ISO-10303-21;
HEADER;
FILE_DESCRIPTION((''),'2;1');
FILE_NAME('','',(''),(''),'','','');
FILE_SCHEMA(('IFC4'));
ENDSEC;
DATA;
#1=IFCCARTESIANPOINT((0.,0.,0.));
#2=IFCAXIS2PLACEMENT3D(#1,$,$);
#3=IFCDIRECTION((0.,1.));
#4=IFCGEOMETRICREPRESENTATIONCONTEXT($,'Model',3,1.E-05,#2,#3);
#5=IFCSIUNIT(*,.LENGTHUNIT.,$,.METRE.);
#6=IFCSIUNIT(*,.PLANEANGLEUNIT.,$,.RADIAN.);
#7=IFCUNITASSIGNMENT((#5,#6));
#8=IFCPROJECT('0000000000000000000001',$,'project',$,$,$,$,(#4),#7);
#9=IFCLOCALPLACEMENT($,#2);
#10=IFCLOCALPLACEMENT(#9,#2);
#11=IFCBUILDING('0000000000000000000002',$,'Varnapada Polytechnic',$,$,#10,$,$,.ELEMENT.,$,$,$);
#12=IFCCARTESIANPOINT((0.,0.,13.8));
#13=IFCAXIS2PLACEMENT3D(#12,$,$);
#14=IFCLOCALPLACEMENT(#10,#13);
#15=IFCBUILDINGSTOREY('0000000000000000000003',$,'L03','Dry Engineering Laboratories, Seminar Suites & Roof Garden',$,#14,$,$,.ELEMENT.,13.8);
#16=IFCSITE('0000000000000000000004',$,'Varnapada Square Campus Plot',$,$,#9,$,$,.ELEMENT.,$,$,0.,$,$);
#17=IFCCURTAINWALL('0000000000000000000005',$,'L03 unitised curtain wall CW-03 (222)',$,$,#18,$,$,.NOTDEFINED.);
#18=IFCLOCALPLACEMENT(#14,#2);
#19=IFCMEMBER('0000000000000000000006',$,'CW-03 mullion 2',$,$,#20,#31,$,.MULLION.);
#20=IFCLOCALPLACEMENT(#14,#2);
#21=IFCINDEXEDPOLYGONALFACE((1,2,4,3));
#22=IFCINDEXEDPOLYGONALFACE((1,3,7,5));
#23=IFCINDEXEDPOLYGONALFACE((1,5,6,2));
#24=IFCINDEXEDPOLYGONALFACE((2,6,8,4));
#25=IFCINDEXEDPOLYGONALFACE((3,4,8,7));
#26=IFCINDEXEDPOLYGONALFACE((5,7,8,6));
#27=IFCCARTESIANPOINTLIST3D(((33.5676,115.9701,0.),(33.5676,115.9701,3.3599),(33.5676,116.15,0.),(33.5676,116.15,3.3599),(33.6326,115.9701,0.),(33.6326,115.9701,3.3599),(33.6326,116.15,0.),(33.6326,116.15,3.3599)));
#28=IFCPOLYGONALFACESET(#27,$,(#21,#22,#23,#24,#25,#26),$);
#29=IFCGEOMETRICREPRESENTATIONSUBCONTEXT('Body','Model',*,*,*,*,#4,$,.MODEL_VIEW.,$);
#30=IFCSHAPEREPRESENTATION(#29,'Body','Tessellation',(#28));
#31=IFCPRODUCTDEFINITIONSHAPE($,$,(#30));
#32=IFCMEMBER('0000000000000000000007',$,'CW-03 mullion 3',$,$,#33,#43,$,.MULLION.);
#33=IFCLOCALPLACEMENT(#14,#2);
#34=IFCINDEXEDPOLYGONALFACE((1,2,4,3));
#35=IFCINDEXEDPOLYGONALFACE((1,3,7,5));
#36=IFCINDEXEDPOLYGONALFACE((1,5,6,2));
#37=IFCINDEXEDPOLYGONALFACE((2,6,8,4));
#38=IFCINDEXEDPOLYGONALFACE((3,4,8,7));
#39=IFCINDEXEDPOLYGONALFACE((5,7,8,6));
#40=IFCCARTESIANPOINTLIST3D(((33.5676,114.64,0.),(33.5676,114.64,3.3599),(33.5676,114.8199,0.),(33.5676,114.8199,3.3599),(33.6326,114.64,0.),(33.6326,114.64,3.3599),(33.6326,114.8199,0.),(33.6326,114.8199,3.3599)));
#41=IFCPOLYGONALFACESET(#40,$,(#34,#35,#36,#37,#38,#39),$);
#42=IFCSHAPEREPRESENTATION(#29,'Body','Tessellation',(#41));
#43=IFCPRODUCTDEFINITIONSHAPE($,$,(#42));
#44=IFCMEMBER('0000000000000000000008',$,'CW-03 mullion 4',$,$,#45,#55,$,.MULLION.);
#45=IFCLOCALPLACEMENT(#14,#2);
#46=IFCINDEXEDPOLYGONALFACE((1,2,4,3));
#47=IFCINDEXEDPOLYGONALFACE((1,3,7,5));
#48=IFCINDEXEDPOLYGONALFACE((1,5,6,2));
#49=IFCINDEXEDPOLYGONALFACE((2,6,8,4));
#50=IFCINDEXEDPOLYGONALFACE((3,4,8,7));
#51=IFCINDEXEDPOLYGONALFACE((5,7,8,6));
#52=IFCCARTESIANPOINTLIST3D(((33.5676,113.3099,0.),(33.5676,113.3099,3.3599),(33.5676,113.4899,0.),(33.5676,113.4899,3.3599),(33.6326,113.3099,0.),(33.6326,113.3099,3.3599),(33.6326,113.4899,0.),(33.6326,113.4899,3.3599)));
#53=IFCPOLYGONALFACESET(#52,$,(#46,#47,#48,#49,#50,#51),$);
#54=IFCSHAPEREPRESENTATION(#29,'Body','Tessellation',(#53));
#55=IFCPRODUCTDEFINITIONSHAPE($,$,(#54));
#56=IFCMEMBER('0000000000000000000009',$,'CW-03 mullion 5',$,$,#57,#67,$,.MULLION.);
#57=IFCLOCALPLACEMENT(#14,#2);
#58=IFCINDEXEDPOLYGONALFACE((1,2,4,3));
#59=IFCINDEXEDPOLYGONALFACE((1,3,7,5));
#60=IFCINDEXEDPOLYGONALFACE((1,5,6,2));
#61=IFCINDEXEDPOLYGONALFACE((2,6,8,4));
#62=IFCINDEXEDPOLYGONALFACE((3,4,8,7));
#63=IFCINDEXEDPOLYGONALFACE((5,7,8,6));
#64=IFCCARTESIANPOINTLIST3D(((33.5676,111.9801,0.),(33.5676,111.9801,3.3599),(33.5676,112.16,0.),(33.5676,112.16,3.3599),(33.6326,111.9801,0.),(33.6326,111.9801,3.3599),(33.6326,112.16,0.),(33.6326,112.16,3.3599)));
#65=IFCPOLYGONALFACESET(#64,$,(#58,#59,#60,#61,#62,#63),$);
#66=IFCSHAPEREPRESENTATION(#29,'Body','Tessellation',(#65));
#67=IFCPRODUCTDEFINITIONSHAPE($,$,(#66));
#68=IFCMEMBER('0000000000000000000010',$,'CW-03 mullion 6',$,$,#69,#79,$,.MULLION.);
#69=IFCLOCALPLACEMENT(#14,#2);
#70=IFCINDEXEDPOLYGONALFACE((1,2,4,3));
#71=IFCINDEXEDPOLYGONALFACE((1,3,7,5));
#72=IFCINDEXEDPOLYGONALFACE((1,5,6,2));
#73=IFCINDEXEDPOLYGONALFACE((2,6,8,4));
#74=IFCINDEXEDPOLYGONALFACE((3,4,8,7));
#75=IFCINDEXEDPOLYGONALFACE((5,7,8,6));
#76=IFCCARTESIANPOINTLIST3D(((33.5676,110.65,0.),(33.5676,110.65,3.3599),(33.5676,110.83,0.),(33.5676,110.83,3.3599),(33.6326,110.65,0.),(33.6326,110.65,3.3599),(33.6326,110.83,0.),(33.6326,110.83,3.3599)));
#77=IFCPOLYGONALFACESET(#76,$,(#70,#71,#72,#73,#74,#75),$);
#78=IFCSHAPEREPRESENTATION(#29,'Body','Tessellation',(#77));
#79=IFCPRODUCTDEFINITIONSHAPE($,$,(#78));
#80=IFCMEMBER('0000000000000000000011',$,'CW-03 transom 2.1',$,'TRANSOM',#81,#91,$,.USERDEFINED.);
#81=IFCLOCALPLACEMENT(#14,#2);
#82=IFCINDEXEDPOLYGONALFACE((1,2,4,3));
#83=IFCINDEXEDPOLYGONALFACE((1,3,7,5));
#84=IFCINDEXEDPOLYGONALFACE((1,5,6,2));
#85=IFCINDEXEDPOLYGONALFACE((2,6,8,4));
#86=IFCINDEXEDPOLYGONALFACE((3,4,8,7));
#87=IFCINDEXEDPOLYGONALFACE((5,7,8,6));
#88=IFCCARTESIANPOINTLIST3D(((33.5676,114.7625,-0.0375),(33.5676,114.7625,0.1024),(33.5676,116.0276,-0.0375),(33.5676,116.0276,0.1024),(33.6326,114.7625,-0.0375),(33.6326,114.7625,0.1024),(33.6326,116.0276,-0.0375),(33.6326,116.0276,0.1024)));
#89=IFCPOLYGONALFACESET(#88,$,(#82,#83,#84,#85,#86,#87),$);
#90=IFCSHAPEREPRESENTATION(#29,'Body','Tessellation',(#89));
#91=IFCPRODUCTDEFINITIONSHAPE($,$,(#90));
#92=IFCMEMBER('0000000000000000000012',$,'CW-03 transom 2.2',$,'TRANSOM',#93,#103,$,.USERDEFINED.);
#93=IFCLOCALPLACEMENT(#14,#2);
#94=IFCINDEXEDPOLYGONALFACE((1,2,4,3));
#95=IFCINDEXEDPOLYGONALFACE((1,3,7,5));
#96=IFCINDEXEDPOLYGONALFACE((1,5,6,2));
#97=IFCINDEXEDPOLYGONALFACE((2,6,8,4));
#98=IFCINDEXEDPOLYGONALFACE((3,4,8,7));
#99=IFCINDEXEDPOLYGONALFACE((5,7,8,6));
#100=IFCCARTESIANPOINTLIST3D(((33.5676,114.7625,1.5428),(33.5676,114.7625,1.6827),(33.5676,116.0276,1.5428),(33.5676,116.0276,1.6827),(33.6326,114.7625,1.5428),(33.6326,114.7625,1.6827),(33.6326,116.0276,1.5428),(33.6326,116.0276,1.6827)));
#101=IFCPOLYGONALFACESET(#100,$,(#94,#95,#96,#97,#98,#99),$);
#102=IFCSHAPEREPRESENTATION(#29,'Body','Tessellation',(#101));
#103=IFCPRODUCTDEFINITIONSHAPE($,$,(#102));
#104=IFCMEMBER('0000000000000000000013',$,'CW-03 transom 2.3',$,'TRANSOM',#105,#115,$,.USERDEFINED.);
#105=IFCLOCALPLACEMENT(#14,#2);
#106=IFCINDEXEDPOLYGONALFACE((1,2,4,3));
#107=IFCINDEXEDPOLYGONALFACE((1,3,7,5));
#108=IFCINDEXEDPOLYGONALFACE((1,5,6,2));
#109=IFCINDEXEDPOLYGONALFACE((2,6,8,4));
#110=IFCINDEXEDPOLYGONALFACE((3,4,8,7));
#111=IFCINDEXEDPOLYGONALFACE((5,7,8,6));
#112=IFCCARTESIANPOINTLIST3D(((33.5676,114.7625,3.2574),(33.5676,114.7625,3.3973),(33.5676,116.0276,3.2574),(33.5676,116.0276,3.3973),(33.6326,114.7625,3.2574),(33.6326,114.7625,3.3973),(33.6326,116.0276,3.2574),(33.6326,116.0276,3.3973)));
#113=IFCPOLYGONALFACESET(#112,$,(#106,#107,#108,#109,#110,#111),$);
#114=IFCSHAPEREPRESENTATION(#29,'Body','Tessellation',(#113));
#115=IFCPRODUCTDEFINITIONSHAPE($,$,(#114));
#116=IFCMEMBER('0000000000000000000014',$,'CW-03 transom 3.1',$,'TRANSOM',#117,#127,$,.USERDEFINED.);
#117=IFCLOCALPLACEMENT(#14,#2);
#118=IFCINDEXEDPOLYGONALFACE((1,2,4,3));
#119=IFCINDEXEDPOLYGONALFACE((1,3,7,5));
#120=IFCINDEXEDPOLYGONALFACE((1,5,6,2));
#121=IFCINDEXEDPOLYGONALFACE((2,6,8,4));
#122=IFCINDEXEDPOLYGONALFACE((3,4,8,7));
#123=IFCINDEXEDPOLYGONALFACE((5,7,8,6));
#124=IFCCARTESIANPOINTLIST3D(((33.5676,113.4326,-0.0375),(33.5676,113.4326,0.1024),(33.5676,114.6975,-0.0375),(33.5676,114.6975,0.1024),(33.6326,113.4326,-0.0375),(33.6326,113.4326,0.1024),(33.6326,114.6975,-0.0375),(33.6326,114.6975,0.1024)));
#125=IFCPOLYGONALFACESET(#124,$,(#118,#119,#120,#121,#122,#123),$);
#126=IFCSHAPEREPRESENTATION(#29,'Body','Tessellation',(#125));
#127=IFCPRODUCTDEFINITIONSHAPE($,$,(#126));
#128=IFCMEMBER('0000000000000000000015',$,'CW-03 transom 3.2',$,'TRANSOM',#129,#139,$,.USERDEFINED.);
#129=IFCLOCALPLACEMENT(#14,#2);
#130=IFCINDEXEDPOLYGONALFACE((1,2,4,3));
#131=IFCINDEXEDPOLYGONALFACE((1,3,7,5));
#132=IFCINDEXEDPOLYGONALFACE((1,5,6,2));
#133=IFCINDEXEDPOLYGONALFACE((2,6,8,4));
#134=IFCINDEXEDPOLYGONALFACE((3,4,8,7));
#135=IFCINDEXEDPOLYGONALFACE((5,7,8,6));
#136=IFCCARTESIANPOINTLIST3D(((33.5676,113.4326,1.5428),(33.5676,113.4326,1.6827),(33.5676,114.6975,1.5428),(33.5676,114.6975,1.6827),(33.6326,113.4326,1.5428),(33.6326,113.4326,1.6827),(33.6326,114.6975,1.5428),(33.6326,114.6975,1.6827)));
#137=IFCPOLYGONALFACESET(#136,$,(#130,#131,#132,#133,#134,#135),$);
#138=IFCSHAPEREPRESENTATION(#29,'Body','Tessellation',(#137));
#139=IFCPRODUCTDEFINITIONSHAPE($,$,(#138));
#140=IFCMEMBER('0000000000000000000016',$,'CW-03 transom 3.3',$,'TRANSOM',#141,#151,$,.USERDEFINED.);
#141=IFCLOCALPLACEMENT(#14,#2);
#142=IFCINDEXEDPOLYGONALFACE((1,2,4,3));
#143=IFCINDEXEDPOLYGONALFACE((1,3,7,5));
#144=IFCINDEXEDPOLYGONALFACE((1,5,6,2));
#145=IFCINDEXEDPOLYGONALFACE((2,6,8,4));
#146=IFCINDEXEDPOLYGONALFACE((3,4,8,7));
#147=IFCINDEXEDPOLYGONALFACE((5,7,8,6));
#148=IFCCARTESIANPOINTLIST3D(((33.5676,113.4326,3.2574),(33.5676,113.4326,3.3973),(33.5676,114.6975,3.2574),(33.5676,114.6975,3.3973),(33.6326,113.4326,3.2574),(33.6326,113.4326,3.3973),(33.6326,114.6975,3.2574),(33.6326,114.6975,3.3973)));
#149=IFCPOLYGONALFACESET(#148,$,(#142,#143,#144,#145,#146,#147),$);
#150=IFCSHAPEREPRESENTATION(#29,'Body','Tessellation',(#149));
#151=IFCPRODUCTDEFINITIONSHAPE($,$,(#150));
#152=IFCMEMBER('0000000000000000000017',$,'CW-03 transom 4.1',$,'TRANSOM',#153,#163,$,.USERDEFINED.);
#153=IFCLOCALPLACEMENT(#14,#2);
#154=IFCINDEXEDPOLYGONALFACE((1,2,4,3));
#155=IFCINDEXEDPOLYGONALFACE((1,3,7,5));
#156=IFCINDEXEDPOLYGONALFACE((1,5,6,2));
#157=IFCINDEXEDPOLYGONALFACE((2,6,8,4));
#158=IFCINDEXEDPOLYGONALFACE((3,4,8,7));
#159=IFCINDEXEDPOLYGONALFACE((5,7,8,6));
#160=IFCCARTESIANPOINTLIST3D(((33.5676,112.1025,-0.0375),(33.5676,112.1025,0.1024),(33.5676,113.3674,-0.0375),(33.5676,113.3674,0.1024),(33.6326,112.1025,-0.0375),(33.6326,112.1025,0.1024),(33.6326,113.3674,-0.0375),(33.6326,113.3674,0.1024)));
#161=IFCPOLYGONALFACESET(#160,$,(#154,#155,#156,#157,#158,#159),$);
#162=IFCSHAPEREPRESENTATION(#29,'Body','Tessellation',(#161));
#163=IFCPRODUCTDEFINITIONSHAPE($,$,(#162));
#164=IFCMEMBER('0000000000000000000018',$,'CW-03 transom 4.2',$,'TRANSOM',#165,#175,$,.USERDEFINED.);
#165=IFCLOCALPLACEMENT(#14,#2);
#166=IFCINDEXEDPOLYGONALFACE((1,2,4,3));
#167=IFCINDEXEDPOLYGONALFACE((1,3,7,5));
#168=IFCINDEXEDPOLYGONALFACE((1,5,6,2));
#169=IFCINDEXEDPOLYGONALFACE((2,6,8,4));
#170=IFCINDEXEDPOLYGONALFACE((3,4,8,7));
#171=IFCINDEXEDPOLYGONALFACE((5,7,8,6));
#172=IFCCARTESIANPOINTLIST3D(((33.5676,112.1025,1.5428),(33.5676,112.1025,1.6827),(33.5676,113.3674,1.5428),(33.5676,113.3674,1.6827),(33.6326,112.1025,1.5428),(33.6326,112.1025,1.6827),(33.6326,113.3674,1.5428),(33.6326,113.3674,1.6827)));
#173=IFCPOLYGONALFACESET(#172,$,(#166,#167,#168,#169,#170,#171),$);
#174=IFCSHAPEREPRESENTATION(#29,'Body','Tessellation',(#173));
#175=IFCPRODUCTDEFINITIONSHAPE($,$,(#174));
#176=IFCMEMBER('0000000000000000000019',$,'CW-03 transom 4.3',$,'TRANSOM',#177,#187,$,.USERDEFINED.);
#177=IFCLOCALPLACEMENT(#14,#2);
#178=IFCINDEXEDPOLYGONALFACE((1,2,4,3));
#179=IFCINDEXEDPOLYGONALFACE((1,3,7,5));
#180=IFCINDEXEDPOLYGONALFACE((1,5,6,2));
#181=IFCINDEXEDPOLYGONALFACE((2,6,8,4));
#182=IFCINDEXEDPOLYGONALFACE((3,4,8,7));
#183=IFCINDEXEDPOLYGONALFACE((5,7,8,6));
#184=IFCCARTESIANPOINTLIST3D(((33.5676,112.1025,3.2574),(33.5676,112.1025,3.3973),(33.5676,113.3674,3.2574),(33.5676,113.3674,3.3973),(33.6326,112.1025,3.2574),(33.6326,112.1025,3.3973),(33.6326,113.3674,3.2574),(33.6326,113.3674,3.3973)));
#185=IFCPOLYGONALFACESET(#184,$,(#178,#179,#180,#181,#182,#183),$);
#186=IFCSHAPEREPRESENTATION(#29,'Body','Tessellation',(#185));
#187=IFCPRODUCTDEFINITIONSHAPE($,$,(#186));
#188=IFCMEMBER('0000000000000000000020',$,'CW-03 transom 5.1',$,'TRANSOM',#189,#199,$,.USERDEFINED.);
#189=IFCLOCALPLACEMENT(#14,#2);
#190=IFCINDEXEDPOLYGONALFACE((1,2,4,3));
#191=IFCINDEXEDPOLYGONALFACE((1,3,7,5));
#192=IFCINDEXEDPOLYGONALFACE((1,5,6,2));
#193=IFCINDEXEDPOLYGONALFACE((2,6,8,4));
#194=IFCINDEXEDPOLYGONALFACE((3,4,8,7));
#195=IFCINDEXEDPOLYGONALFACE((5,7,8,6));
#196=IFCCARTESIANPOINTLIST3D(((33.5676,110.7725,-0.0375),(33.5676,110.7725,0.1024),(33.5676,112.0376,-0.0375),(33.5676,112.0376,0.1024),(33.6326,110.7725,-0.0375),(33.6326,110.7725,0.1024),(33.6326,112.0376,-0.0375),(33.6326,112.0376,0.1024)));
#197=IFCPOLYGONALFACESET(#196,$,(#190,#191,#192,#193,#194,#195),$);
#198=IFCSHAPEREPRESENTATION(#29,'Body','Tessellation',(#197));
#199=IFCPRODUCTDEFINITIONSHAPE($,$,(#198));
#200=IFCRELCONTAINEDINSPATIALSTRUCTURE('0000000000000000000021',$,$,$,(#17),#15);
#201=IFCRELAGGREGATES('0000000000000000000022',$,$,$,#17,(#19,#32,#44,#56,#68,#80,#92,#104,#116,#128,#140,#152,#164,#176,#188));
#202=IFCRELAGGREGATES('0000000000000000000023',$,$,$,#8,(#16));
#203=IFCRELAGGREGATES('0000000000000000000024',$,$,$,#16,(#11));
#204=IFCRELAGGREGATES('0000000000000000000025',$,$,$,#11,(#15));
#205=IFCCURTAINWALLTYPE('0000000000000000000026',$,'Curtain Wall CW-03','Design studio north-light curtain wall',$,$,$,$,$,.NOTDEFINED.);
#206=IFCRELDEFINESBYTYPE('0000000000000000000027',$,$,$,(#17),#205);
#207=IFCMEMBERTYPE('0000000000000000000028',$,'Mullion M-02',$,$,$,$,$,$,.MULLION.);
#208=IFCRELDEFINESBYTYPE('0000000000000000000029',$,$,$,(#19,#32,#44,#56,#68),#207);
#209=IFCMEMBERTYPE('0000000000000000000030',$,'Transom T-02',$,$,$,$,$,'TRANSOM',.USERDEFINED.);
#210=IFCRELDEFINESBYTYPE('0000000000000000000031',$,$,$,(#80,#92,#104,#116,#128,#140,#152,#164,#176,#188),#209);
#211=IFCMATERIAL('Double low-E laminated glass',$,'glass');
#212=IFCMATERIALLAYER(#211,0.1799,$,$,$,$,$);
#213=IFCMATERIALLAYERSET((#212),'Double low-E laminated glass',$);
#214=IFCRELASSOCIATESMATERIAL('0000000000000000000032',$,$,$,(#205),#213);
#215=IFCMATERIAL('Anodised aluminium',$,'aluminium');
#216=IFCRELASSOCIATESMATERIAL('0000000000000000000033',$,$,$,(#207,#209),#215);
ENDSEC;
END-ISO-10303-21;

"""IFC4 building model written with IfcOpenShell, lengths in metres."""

from ifc_helpers import new_model, si_unit, direction, frame, origin, origin_2d, place, context, subcontext, project, spatial, rectangle, extrude, material, layer, layer_set, material_profile, profile_set, type_object, element, aggregate, save


model = new_model("IFC4")

# Units and contexts
model_context = context("Model", 3, precision=1e-05, world=origin(), true_north=direction((0.0, 1.0)))
body_context = subcontext(model_context, "Body", "Model", "MODEL_VIEW")
ifc_project = project(units=[si_unit("LENGTHUNIT", "METRE"), si_unit("PLANEANGLEUNIT", "RADIAN")], contexts=[model_context])

# Site, building, storey
site_placement = place(None, origin())
site = spatial("IfcSite", under=ifc_project, at=site_placement, Name="Varnapada Square Campus Plot", CompositionType="ELEMENT", RefElevation=0.0)
building_placement = place(site_placement, origin())
building = spatial("IfcBuilding", under=site, at=building_placement, Name="Varnapada Polytechnic", CompositionType="ELEMENT")
storey_placement = place(building_placement, frame((0.0, 0.0, 13.8)))
storey = spatial("IfcBuildingStorey", under=building, at=storey_placement, Name="L03", Description="Dry Engineering Laboratories, Seminar Suites & Roof Garden", CompositionType="ELEMENT", Elevation=13.8)

# Curtain wall, members
ifc_material_1 = material(Name="Double low-E laminated glass", Category="glass")
ifc_layer_1 = layer(ifc_material_1, 0.1799)
ifc_layer_set_1 = layer_set([ifc_layer_1], Name="Double low-E laminated glass")
curtain_wall_type = type_object("IfcCurtainWallType", Name="Curtain Wall CW-03", Description="Design studio north-light curtain wall", PredefinedType="NOTDEFINED", material=ifc_layer_set_1)
curtain_wall_placement = place(storey_placement, origin())
curtain_wall = element("IfcCurtainWall", 1, at=curtain_wall_placement, inside=storey, type_object=curtain_wall_type, Name="L03 unitised curtain wall CW-03 (222)", PredefinedType="NOTDEFINED")
ifc_material_2 = material(Name="Anodised aluminium", Category="aluminium")
ifc_material_profile_1 = material_profile(ifc_material_2, rectangle(XDim=0.0649, YDim=0.1799, at=origin_2d()), Name="ALU M65x180")
ifc_profile_set_1 = profile_set([ifc_material_profile_1], Name="Anodised aluminium")
member_type_1 = type_object("IfcMemberType", Name="Mullion M-02", PredefinedType="MULLION", material=ifc_profile_set_1)
member_1_placement = place(storey_placement, frame((33.6001, 116.0601, 0.0), z_axis=(0.0, 0.0, 1.0), x_axis=(1.0, 0.0, 0.0)))
member_1 = element("IfcMember", 2, at=member_1_placement, type_object=member_type_1, Name="CW-03 mullion 2", PredefinedType="MULLION", context=body_context, shape_type="SweptSolid", body=[
    extrude(rectangle(XDim=0.0649, YDim=0.1799, at=origin_2d()), origin(), (0.0, 0.0, 1.0), 3.3599),
])
member_2_placement = place(storey_placement, frame((33.6001, 114.73, 0.0), z_axis=(0.0, 0.0, 1.0), x_axis=(1.0, 0.0, 0.0)))
member_2 = element("IfcMember", 3, at=member_2_placement, type_object=member_type_1, Name="CW-03 mullion 3", PredefinedType="MULLION", context=body_context, shape_type="SweptSolid", body=[
    extrude(rectangle(XDim=0.0649, YDim=0.1799, at=origin_2d()), origin(), (0.0, 0.0, 1.0), 3.3599),
])
member_3_placement = place(storey_placement, frame((33.6001, 113.3999, 0.0), z_axis=(0.0, 0.0, 1.0), x_axis=(1.0, 0.0, 0.0)))
member_3 = element("IfcMember", 4, at=member_3_placement, type_object=member_type_1, Name="CW-03 mullion 4", PredefinedType="MULLION", context=body_context, shape_type="SweptSolid", body=[
    extrude(rectangle(XDim=0.0649, YDim=0.1799, at=origin_2d()), origin(), (0.0, 0.0, 1.0), 3.3599),
])
member_4_placement = place(storey_placement, frame((33.6001, 112.0701, 0.0), z_axis=(0.0, 0.0, 1.0), x_axis=(1.0, 0.0, 0.0)))
member_4 = element("IfcMember", 5, at=member_4_placement, type_object=member_type_1, Name="CW-03 mullion 5", PredefinedType="MULLION", context=body_context, shape_type="SweptSolid", body=[
    extrude(rectangle(XDim=0.0649, YDim=0.1799, at=origin_2d()), origin(), (0.0, 0.0, 1.0), 3.3599),
])
member_5_placement = place(storey_placement, frame((33.6001, 110.74, 0.0), z_axis=(0.0, 0.0, 1.0), x_axis=(1.0, 0.0, 0.0)))
member_5 = element("IfcMember", 6, at=member_5_placement, type_object=member_type_1, Name="CW-03 mullion 6", PredefinedType="MULLION", context=body_context, shape_type="SweptSolid", body=[
    extrude(rectangle(XDim=0.0649, YDim=0.1799, at=origin_2d()), origin(), (0.0, 0.0, 1.0), 3.3599),
])
ifc_material_profile_2 = material_profile(ifc_material_2, rectangle(XDim=0.0649, YDim=0.1399, at=origin_2d()), Name="ALU T65x140")
ifc_profile_set_2 = profile_set([ifc_material_profile_2], Name="Anodised aluminium")
member_type_2 = type_object("IfcMemberType", Name="Transom T-02", ElementType="TRANSOM", PredefinedType="USERDEFINED", material=ifc_profile_set_2)
member_6_placement = place(storey_placement, frame((33.6001, 116.0276, 0.0325), z_axis=(0.0, -1.0, 0.0), x_axis=(1.0, 0.0, 0.0)))
member_6 = element("IfcMember", 7, at=member_6_placement, type_object=member_type_2, Name="CW-03 transom 2.1", ObjectType="TRANSOM", PredefinedType="USERDEFINED", context=body_context, shape_type="SweptSolid", body=[
    extrude(rectangle(XDim=0.0649, YDim=0.1399, at=origin_2d()), origin(), (0.0, 0.0, 1.0), 1.2651),
])
member_7_placement = place(storey_placement, frame((33.6001, 116.0276, 1.6128), z_axis=(0.0, -1.0, 0.0), x_axis=(1.0, 0.0, 0.0)))
member_7 = element("IfcMember", 8, at=member_7_placement, type_object=member_type_2, Name="CW-03 transom 2.2", ObjectType="TRANSOM", PredefinedType="USERDEFINED", context=body_context, shape_type="SweptSolid", body=[
    extrude(rectangle(XDim=0.0649, YDim=0.1399, at=origin_2d()), origin(), (0.0, 0.0, 1.0), 1.2651),
])
member_8_placement = place(storey_placement, frame((33.6001, 116.0276, 3.3274), z_axis=(0.0, -1.0, 0.0), x_axis=(1.0, 0.0, 0.0)))
member_8 = element("IfcMember", 9, at=member_8_placement, type_object=member_type_2, Name="CW-03 transom 2.3", ObjectType="TRANSOM", PredefinedType="USERDEFINED", context=body_context, shape_type="SweptSolid", body=[
    extrude(rectangle(XDim=0.0649, YDim=0.1399, at=origin_2d()), origin(), (0.0, 0.0, 1.0), 1.2651),
])
member_9_placement = place(storey_placement, frame((33.6001, 114.6975, 0.0325), z_axis=(0.0, -1.0, 0.0), x_axis=(1.0, 0.0, 0.0)))
member_9 = element("IfcMember", 10, at=member_9_placement, type_object=member_type_2, Name="CW-03 transom 3.1", ObjectType="TRANSOM", PredefinedType="USERDEFINED", context=body_context, shape_type="SweptSolid", body=[
    extrude(rectangle(XDim=0.0649, YDim=0.1399, at=origin_2d()), origin(), (0.0, 0.0, 1.0), 1.2649),
])
member_10_placement = place(storey_placement, frame((33.6001, 114.6975, 1.6128), z_axis=(0.0, -1.0, 0.0), x_axis=(1.0, 0.0, 0.0)))
member_10 = element("IfcMember", 11, at=member_10_placement, type_object=member_type_2, Name="CW-03 transom 3.2", ObjectType="TRANSOM", PredefinedType="USERDEFINED", context=body_context, shape_type="SweptSolid", body=[
    extrude(rectangle(XDim=0.0649, YDim=0.1399, at=origin_2d()), origin(), (0.0, 0.0, 1.0), 1.2649),
])
member_11_placement = place(storey_placement, frame((33.6001, 114.6975, 3.3274), z_axis=(0.0, -1.0, 0.0), x_axis=(1.0, 0.0, 0.0)))
member_11 = element("IfcMember", 12, at=member_11_placement, type_object=member_type_2, Name="CW-03 transom 3.3", ObjectType="TRANSOM", PredefinedType="USERDEFINED", context=body_context, shape_type="SweptSolid", body=[
    extrude(rectangle(XDim=0.0649, YDim=0.1399, at=origin_2d()), origin(), (0.0, 0.0, 1.0), 1.2649),
])
member_12_placement = place(storey_placement, frame((33.6001, 113.3674, 0.0325), z_axis=(0.0, -1.0, 0.0), x_axis=(1.0, 0.0, 0.0)))
member_12 = element("IfcMember", 13, at=member_12_placement, type_object=member_type_2, Name="CW-03 transom 4.1", ObjectType="TRANSOM", PredefinedType="USERDEFINED", context=body_context, shape_type="SweptSolid", body=[
    extrude(rectangle(XDim=0.0649, YDim=0.1399, at=origin_2d()), origin(), (0.0, 0.0, 1.0), 1.2649),
])
member_13_placement = place(storey_placement, frame((33.6001, 113.3674, 1.6128), z_axis=(0.0, -1.0, 0.0), x_axis=(1.0, 0.0, 0.0)))
member_13 = element("IfcMember", 14, at=member_13_placement, type_object=member_type_2, Name="CW-03 transom 4.2", ObjectType="TRANSOM", PredefinedType="USERDEFINED", context=body_context, shape_type="SweptSolid", body=[
    extrude(rectangle(XDim=0.0649, YDim=0.1399, at=origin_2d()), origin(), (0.0, 0.0, 1.0), 1.2649),
])
member_14_placement = place(storey_placement, frame((33.6001, 113.3674, 3.3274), z_axis=(0.0, -1.0, 0.0), x_axis=(1.0, 0.0, 0.0)))
member_14 = element("IfcMember", 15, at=member_14_placement, type_object=member_type_2, Name="CW-03 transom 4.3", ObjectType="TRANSOM", PredefinedType="USERDEFINED", context=body_context, shape_type="SweptSolid", body=[
    extrude(rectangle(XDim=0.0649, YDim=0.1399, at=origin_2d()), origin(), (0.0, 0.0, 1.0), 1.2649),
])
member_15_placement = place(storey_placement, frame((33.6001, 112.0376, 0.0325), z_axis=(0.0, -1.0, 0.0), x_axis=(1.0, 0.0, 0.0)))
member_15 = element("IfcMember", 16, at=member_15_placement, type_object=member_type_2, Name="CW-03 transom 5.1", ObjectType="TRANSOM", PredefinedType="USERDEFINED", context=body_context, shape_type="SweptSolid", body=[
    extrude(rectangle(XDim=0.0649, YDim=0.1399, at=origin_2d()), origin(), (0.0, 0.0, 1.0), 1.2651),
])
aggregate(curtain_wall, [member_1, member_2, member_3, member_4, member_5, member_6, member_7, member_8, member_9, member_10, member_11, member_12, member_13, member_14, member_15])

save(model, "model.ifc")
